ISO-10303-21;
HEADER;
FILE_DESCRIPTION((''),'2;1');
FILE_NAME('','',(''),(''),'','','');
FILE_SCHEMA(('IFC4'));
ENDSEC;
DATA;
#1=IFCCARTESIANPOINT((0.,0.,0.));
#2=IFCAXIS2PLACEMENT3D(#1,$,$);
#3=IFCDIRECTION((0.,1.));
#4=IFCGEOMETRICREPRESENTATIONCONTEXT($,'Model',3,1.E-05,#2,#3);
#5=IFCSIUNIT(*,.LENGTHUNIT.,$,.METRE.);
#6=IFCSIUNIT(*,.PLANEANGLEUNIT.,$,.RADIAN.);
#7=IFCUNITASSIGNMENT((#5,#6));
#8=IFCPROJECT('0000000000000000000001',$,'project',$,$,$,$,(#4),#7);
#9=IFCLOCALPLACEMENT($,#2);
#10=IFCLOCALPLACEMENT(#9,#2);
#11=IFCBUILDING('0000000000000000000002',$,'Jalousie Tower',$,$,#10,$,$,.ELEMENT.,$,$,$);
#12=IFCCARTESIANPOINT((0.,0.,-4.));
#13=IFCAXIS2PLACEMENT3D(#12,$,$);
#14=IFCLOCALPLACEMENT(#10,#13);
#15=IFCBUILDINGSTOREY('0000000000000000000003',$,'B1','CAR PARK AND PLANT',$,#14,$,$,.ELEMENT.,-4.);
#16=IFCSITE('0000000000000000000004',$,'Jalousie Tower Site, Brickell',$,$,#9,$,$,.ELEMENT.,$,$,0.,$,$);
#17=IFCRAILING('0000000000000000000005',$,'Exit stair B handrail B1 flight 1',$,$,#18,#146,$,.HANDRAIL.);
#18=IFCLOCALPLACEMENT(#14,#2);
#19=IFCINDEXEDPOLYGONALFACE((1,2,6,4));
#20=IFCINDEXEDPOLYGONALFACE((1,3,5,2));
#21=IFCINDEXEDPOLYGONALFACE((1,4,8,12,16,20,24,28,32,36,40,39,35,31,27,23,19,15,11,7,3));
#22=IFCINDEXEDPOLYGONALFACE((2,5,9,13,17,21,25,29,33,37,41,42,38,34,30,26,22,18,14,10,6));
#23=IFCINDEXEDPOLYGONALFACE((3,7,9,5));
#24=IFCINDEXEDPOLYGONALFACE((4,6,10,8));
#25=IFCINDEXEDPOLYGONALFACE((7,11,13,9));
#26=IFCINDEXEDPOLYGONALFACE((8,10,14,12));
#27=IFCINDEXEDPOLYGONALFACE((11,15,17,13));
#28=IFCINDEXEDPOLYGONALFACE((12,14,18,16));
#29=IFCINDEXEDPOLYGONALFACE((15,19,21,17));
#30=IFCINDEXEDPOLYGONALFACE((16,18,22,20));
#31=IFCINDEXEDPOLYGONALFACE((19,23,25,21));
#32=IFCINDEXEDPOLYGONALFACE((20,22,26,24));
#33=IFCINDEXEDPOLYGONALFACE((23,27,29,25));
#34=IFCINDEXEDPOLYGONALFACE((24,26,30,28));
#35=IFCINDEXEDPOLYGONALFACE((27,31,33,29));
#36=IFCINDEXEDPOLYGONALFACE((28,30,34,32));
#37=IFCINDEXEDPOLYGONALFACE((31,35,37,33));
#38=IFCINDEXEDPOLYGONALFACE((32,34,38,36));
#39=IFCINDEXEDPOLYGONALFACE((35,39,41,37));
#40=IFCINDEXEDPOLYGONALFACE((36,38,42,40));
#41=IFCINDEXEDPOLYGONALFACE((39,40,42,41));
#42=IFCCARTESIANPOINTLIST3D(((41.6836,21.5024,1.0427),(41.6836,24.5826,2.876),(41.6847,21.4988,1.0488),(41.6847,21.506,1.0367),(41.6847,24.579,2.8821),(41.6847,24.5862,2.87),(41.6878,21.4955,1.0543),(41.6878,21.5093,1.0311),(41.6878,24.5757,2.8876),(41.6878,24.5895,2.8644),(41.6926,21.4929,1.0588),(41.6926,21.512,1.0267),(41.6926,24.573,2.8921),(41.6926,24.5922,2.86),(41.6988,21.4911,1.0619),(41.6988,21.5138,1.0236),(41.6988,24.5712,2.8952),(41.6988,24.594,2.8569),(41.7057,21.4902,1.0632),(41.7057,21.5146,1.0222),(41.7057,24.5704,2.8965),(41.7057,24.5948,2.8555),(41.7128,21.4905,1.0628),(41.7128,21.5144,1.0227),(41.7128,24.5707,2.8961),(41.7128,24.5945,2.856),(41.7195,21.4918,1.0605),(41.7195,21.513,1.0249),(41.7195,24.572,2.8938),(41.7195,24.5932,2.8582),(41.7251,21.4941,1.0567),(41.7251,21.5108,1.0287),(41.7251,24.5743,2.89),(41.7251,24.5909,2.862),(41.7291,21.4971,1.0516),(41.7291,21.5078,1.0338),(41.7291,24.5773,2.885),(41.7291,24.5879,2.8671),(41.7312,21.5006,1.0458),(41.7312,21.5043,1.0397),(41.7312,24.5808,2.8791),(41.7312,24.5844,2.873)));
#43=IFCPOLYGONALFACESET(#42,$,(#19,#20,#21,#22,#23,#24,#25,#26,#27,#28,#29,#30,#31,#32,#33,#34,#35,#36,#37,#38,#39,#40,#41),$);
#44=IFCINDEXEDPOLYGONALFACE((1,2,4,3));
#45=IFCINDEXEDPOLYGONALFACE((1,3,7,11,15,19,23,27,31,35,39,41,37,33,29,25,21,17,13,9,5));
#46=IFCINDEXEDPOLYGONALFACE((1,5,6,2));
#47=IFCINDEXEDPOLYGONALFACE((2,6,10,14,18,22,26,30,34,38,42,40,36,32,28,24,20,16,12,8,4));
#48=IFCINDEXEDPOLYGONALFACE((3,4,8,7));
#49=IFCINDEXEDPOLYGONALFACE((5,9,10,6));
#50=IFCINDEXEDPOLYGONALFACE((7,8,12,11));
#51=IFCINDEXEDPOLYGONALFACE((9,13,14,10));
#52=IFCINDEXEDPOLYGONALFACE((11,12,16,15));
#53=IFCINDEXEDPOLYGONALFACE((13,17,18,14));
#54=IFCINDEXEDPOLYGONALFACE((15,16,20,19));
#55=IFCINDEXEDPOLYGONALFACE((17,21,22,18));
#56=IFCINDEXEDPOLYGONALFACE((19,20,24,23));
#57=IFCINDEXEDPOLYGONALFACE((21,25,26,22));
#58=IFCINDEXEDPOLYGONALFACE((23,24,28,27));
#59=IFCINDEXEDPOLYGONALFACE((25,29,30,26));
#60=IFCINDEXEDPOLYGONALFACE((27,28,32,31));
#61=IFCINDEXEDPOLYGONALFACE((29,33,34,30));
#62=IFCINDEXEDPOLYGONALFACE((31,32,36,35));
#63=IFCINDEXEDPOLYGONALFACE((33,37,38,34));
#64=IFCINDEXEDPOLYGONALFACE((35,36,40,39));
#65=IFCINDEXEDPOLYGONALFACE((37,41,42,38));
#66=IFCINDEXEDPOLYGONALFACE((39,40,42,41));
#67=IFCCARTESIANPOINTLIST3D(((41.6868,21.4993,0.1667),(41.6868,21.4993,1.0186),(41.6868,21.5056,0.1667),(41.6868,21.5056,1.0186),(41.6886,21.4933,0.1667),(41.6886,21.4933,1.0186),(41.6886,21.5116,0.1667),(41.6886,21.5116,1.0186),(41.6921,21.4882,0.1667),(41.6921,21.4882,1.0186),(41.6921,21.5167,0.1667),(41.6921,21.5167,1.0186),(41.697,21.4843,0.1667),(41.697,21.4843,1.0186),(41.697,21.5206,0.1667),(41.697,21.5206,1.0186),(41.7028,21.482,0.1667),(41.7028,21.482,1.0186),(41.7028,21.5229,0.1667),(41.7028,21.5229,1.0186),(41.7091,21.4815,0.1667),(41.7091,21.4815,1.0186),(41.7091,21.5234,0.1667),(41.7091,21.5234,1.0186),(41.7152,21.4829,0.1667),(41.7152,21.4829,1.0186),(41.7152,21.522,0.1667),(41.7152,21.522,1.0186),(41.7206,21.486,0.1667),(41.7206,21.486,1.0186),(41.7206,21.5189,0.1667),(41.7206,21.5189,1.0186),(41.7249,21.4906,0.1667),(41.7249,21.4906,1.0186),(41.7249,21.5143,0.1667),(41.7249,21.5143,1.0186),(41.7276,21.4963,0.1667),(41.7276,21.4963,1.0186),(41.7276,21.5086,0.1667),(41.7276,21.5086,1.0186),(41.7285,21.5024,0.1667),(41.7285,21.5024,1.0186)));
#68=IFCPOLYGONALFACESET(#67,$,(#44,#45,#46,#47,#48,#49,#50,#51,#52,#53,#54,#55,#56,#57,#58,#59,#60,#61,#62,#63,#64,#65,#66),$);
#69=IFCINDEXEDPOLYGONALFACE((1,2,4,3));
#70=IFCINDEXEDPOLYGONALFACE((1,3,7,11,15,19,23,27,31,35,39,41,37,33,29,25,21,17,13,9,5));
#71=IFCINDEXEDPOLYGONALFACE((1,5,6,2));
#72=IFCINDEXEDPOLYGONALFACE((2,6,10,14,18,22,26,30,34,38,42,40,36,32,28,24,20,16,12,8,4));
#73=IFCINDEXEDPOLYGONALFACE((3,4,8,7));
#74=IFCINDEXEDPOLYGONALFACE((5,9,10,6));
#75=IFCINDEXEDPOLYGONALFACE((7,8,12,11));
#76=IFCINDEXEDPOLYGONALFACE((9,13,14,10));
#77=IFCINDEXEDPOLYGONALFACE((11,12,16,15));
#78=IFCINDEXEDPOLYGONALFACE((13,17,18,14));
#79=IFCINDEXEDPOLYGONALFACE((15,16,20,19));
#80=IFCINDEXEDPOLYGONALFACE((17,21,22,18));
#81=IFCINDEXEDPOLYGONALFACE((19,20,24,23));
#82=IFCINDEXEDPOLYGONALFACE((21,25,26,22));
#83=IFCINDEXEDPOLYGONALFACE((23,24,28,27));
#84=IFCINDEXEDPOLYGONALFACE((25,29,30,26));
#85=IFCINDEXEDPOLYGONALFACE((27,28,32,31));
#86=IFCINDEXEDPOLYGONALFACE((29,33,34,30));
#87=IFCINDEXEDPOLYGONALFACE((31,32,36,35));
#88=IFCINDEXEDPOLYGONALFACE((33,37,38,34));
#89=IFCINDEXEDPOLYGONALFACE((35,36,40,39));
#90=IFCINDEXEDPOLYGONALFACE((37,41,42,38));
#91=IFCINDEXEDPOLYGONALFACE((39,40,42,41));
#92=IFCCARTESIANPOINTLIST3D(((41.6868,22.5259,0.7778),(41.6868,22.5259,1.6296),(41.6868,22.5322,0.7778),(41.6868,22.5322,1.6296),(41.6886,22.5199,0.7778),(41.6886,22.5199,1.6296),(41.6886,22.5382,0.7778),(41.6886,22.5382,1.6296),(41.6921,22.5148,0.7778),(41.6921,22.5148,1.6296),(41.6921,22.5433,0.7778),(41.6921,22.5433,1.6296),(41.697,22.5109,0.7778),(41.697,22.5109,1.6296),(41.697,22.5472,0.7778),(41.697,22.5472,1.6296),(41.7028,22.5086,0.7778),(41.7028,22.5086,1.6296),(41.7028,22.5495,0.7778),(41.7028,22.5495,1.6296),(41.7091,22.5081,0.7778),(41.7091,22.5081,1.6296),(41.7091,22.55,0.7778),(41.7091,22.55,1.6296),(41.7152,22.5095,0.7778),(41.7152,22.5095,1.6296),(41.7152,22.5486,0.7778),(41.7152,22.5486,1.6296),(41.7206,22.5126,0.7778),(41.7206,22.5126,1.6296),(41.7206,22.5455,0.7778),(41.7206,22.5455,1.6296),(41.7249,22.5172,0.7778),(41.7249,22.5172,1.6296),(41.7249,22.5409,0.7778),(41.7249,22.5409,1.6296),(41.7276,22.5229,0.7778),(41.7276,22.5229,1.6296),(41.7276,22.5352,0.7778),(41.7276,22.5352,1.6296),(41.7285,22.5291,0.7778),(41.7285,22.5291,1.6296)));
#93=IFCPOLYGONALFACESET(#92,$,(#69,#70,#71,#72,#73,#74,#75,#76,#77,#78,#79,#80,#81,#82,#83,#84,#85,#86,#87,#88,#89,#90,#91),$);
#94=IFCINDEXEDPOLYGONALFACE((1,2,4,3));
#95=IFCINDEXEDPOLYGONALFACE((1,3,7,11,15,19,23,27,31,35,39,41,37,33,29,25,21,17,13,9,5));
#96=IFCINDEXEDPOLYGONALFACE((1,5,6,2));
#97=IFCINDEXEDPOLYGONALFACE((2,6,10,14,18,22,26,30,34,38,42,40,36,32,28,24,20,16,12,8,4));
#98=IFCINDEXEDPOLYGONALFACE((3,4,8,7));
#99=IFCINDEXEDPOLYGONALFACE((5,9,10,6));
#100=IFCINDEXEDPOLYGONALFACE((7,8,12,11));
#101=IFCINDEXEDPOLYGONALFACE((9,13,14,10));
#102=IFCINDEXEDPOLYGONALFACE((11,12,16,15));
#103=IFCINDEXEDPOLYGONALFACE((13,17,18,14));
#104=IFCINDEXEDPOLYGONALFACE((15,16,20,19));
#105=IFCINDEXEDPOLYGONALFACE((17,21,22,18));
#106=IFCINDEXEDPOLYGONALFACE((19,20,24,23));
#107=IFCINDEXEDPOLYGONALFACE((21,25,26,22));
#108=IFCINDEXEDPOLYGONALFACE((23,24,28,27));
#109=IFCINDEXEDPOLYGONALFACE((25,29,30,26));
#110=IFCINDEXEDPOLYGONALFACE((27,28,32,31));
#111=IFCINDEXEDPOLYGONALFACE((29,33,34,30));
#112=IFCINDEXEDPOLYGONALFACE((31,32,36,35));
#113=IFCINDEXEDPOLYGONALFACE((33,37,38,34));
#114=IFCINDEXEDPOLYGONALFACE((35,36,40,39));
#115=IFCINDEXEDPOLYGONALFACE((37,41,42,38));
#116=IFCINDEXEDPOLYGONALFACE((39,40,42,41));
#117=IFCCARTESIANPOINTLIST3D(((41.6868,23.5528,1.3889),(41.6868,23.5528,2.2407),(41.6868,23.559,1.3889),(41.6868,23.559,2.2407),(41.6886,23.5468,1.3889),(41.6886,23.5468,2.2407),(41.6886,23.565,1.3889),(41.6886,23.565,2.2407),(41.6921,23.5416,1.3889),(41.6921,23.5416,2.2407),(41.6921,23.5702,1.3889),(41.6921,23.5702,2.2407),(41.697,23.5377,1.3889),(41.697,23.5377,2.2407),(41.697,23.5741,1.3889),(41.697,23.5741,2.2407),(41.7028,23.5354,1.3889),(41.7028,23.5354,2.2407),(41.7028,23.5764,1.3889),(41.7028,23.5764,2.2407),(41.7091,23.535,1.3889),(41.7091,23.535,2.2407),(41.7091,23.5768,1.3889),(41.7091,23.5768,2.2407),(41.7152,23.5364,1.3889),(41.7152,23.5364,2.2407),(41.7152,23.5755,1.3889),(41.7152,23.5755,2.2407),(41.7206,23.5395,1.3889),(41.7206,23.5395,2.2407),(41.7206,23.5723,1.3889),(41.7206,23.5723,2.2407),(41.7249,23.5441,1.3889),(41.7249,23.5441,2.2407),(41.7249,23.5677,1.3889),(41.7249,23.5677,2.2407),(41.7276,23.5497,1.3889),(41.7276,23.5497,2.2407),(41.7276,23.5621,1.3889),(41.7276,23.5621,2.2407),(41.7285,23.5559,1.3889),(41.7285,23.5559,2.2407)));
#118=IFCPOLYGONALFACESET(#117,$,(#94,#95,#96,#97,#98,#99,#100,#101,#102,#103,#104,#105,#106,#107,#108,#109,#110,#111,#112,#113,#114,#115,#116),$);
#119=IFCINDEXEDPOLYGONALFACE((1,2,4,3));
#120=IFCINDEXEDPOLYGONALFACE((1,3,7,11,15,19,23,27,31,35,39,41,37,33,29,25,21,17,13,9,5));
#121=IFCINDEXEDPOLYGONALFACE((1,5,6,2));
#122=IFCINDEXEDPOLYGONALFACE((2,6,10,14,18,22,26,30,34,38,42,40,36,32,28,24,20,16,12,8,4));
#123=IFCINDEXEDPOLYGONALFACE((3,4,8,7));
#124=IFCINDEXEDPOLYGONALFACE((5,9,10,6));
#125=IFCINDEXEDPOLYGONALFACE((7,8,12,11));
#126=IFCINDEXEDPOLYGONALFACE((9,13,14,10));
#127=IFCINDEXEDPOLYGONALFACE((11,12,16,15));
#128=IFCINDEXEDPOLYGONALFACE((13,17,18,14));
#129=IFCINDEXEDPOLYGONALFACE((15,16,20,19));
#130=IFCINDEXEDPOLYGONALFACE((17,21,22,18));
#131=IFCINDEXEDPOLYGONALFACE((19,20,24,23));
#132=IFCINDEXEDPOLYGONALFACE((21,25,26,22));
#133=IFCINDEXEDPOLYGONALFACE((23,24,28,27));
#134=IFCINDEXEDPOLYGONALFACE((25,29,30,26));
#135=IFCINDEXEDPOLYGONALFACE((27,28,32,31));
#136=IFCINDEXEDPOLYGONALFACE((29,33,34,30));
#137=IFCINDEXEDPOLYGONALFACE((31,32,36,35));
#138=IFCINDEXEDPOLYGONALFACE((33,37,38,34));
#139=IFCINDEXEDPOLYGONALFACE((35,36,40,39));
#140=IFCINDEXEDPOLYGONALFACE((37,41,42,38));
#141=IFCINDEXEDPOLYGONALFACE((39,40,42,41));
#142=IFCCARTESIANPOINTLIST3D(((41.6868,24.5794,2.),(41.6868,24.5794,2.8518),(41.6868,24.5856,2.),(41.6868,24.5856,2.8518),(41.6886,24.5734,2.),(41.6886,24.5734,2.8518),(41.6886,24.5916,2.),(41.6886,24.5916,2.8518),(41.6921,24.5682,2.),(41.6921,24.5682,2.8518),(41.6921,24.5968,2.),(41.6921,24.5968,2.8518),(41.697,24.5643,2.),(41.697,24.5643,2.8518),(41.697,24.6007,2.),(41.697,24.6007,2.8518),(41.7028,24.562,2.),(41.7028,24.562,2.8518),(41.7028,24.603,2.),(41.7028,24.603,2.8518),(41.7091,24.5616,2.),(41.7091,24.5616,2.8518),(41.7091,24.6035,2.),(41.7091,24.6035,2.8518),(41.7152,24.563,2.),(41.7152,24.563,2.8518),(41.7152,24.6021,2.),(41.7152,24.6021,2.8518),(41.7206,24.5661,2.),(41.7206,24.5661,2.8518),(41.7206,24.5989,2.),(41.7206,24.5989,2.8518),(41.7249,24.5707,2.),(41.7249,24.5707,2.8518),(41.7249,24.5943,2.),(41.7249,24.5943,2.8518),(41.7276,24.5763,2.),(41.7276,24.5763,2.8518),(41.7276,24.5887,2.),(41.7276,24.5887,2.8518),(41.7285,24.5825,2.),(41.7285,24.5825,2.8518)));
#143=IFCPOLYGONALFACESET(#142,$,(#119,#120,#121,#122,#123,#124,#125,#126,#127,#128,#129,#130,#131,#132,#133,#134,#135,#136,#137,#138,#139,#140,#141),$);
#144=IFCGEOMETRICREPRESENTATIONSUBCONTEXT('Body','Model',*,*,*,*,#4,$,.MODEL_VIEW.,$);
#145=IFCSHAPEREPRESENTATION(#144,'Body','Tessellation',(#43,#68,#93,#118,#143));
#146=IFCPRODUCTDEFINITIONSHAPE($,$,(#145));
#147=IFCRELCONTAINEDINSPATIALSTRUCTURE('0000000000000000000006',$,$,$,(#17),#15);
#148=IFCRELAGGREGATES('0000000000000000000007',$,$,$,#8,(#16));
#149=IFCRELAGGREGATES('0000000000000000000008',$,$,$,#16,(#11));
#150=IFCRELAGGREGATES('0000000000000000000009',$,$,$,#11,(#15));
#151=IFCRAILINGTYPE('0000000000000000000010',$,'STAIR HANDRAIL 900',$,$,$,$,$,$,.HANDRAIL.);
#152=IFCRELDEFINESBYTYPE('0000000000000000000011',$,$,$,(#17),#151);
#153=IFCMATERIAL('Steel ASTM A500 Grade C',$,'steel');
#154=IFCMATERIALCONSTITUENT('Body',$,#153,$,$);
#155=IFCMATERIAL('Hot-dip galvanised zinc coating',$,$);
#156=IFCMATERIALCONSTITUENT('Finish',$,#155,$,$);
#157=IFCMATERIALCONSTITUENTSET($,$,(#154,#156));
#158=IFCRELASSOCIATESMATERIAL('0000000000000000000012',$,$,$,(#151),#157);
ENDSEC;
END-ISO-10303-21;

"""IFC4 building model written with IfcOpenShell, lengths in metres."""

from ifc_helpers import new_model, si_unit, direction, frame, origin, origin_2d, place, context, subcontext, project, spatial, circle, extrude, material, constituent, constituent_set, type_object, element, save


model = new_model("IFC4")

# Units and contexts
model_context = context("Model", 3, precision=1e-05, world=origin(), true_north=direction((0.0, 1.0)))
body_context = subcontext(model_context, "Body", "Model", "MODEL_VIEW")
ifc_project = project(units=[si_unit("LENGTHUNIT", "METRE"), si_unit("PLANEANGLEUNIT", "RADIAN")], contexts=[model_context])

# Site, building, storey
site_placement = place(None, origin())
site = spatial("IfcSite", under=ifc_project, at=site_placement, Name="Jalousie Tower Site, Brickell", CompositionType="ELEMENT", RefElevation=0.0)
building_placement = place(site_placement, origin())
building = spatial("IfcBuilding", under=site, at=building_placement, Name="Jalousie Tower", CompositionType="ELEMENT")
storey_placement = place(building_placement, frame((0.0, 0.0, -4.0)))
storey = spatial("IfcBuildingStorey", under=building, at=storey_placement, Name="B1", Description="CAR PARK AND PLANT", CompositionType="ELEMENT", Elevation=-4.0)

# Railing
ifc_material_1 = material(Name="Steel ASTM A500 Grade C", Category="steel")
ifc_constituent_1 = constituent(ifc_material_1, Name="Body")
ifc_material_2 = material(Name="Hot-dip galvanised zinc coating")
ifc_constituent_2 = constituent(ifc_material_2, Name="Finish")
ifc_constituent_set_1 = constituent_set(constituents=[ifc_constituent_1, ifc_constituent_2])
railing_type_1 = type_object("IfcRailingType", Name="STAIR HANDRAIL 900", PredefinedType="HANDRAIL", material=ifc_constituent_set_1)
railing_1_placement = place(storey_placement, frame((41.7075, 21.5024, 0.1667)))
element("IfcRailing", 1, at=railing_1_placement, inside=storey, type_object=railing_type_1, Name="Exit stair B handrail B1 flight 1", PredefinedType="HANDRAIL", context=body_context, shape_type="SweptSolid", body=[
    extrude(circle(Radius=0.0239, at=origin_2d()), frame((0.0, 0.0, 0.876), z_axis=(0.0, 0.859309, 0.511458), x_axis=(-1.0, 0.0, 0.0)), (0.0, 0.0, 1.0), 3.5845),
    extrude(circle(Radius=0.021, at=origin_2d()), origin(), (0.0, 0.0, 1.0), 0.8518),
    extrude(circle(Radius=0.021, at=origin_2d()), frame((0.0, 1.0266, 0.6111)), (0.0, 0.0, 1.0), 0.8518),
    extrude(circle(Radius=0.021, at=origin_2d()), frame((0.0, 2.0535, 1.2222)), (0.0, 0.0, 1.0), 0.8518),
    extrude(circle(Radius=0.021, at=origin_2d()), frame((0.0, 3.0801, 1.8333)), (0.0, 0.0, 1.0), 0.8518),
])

save(model, "model.ifc")
